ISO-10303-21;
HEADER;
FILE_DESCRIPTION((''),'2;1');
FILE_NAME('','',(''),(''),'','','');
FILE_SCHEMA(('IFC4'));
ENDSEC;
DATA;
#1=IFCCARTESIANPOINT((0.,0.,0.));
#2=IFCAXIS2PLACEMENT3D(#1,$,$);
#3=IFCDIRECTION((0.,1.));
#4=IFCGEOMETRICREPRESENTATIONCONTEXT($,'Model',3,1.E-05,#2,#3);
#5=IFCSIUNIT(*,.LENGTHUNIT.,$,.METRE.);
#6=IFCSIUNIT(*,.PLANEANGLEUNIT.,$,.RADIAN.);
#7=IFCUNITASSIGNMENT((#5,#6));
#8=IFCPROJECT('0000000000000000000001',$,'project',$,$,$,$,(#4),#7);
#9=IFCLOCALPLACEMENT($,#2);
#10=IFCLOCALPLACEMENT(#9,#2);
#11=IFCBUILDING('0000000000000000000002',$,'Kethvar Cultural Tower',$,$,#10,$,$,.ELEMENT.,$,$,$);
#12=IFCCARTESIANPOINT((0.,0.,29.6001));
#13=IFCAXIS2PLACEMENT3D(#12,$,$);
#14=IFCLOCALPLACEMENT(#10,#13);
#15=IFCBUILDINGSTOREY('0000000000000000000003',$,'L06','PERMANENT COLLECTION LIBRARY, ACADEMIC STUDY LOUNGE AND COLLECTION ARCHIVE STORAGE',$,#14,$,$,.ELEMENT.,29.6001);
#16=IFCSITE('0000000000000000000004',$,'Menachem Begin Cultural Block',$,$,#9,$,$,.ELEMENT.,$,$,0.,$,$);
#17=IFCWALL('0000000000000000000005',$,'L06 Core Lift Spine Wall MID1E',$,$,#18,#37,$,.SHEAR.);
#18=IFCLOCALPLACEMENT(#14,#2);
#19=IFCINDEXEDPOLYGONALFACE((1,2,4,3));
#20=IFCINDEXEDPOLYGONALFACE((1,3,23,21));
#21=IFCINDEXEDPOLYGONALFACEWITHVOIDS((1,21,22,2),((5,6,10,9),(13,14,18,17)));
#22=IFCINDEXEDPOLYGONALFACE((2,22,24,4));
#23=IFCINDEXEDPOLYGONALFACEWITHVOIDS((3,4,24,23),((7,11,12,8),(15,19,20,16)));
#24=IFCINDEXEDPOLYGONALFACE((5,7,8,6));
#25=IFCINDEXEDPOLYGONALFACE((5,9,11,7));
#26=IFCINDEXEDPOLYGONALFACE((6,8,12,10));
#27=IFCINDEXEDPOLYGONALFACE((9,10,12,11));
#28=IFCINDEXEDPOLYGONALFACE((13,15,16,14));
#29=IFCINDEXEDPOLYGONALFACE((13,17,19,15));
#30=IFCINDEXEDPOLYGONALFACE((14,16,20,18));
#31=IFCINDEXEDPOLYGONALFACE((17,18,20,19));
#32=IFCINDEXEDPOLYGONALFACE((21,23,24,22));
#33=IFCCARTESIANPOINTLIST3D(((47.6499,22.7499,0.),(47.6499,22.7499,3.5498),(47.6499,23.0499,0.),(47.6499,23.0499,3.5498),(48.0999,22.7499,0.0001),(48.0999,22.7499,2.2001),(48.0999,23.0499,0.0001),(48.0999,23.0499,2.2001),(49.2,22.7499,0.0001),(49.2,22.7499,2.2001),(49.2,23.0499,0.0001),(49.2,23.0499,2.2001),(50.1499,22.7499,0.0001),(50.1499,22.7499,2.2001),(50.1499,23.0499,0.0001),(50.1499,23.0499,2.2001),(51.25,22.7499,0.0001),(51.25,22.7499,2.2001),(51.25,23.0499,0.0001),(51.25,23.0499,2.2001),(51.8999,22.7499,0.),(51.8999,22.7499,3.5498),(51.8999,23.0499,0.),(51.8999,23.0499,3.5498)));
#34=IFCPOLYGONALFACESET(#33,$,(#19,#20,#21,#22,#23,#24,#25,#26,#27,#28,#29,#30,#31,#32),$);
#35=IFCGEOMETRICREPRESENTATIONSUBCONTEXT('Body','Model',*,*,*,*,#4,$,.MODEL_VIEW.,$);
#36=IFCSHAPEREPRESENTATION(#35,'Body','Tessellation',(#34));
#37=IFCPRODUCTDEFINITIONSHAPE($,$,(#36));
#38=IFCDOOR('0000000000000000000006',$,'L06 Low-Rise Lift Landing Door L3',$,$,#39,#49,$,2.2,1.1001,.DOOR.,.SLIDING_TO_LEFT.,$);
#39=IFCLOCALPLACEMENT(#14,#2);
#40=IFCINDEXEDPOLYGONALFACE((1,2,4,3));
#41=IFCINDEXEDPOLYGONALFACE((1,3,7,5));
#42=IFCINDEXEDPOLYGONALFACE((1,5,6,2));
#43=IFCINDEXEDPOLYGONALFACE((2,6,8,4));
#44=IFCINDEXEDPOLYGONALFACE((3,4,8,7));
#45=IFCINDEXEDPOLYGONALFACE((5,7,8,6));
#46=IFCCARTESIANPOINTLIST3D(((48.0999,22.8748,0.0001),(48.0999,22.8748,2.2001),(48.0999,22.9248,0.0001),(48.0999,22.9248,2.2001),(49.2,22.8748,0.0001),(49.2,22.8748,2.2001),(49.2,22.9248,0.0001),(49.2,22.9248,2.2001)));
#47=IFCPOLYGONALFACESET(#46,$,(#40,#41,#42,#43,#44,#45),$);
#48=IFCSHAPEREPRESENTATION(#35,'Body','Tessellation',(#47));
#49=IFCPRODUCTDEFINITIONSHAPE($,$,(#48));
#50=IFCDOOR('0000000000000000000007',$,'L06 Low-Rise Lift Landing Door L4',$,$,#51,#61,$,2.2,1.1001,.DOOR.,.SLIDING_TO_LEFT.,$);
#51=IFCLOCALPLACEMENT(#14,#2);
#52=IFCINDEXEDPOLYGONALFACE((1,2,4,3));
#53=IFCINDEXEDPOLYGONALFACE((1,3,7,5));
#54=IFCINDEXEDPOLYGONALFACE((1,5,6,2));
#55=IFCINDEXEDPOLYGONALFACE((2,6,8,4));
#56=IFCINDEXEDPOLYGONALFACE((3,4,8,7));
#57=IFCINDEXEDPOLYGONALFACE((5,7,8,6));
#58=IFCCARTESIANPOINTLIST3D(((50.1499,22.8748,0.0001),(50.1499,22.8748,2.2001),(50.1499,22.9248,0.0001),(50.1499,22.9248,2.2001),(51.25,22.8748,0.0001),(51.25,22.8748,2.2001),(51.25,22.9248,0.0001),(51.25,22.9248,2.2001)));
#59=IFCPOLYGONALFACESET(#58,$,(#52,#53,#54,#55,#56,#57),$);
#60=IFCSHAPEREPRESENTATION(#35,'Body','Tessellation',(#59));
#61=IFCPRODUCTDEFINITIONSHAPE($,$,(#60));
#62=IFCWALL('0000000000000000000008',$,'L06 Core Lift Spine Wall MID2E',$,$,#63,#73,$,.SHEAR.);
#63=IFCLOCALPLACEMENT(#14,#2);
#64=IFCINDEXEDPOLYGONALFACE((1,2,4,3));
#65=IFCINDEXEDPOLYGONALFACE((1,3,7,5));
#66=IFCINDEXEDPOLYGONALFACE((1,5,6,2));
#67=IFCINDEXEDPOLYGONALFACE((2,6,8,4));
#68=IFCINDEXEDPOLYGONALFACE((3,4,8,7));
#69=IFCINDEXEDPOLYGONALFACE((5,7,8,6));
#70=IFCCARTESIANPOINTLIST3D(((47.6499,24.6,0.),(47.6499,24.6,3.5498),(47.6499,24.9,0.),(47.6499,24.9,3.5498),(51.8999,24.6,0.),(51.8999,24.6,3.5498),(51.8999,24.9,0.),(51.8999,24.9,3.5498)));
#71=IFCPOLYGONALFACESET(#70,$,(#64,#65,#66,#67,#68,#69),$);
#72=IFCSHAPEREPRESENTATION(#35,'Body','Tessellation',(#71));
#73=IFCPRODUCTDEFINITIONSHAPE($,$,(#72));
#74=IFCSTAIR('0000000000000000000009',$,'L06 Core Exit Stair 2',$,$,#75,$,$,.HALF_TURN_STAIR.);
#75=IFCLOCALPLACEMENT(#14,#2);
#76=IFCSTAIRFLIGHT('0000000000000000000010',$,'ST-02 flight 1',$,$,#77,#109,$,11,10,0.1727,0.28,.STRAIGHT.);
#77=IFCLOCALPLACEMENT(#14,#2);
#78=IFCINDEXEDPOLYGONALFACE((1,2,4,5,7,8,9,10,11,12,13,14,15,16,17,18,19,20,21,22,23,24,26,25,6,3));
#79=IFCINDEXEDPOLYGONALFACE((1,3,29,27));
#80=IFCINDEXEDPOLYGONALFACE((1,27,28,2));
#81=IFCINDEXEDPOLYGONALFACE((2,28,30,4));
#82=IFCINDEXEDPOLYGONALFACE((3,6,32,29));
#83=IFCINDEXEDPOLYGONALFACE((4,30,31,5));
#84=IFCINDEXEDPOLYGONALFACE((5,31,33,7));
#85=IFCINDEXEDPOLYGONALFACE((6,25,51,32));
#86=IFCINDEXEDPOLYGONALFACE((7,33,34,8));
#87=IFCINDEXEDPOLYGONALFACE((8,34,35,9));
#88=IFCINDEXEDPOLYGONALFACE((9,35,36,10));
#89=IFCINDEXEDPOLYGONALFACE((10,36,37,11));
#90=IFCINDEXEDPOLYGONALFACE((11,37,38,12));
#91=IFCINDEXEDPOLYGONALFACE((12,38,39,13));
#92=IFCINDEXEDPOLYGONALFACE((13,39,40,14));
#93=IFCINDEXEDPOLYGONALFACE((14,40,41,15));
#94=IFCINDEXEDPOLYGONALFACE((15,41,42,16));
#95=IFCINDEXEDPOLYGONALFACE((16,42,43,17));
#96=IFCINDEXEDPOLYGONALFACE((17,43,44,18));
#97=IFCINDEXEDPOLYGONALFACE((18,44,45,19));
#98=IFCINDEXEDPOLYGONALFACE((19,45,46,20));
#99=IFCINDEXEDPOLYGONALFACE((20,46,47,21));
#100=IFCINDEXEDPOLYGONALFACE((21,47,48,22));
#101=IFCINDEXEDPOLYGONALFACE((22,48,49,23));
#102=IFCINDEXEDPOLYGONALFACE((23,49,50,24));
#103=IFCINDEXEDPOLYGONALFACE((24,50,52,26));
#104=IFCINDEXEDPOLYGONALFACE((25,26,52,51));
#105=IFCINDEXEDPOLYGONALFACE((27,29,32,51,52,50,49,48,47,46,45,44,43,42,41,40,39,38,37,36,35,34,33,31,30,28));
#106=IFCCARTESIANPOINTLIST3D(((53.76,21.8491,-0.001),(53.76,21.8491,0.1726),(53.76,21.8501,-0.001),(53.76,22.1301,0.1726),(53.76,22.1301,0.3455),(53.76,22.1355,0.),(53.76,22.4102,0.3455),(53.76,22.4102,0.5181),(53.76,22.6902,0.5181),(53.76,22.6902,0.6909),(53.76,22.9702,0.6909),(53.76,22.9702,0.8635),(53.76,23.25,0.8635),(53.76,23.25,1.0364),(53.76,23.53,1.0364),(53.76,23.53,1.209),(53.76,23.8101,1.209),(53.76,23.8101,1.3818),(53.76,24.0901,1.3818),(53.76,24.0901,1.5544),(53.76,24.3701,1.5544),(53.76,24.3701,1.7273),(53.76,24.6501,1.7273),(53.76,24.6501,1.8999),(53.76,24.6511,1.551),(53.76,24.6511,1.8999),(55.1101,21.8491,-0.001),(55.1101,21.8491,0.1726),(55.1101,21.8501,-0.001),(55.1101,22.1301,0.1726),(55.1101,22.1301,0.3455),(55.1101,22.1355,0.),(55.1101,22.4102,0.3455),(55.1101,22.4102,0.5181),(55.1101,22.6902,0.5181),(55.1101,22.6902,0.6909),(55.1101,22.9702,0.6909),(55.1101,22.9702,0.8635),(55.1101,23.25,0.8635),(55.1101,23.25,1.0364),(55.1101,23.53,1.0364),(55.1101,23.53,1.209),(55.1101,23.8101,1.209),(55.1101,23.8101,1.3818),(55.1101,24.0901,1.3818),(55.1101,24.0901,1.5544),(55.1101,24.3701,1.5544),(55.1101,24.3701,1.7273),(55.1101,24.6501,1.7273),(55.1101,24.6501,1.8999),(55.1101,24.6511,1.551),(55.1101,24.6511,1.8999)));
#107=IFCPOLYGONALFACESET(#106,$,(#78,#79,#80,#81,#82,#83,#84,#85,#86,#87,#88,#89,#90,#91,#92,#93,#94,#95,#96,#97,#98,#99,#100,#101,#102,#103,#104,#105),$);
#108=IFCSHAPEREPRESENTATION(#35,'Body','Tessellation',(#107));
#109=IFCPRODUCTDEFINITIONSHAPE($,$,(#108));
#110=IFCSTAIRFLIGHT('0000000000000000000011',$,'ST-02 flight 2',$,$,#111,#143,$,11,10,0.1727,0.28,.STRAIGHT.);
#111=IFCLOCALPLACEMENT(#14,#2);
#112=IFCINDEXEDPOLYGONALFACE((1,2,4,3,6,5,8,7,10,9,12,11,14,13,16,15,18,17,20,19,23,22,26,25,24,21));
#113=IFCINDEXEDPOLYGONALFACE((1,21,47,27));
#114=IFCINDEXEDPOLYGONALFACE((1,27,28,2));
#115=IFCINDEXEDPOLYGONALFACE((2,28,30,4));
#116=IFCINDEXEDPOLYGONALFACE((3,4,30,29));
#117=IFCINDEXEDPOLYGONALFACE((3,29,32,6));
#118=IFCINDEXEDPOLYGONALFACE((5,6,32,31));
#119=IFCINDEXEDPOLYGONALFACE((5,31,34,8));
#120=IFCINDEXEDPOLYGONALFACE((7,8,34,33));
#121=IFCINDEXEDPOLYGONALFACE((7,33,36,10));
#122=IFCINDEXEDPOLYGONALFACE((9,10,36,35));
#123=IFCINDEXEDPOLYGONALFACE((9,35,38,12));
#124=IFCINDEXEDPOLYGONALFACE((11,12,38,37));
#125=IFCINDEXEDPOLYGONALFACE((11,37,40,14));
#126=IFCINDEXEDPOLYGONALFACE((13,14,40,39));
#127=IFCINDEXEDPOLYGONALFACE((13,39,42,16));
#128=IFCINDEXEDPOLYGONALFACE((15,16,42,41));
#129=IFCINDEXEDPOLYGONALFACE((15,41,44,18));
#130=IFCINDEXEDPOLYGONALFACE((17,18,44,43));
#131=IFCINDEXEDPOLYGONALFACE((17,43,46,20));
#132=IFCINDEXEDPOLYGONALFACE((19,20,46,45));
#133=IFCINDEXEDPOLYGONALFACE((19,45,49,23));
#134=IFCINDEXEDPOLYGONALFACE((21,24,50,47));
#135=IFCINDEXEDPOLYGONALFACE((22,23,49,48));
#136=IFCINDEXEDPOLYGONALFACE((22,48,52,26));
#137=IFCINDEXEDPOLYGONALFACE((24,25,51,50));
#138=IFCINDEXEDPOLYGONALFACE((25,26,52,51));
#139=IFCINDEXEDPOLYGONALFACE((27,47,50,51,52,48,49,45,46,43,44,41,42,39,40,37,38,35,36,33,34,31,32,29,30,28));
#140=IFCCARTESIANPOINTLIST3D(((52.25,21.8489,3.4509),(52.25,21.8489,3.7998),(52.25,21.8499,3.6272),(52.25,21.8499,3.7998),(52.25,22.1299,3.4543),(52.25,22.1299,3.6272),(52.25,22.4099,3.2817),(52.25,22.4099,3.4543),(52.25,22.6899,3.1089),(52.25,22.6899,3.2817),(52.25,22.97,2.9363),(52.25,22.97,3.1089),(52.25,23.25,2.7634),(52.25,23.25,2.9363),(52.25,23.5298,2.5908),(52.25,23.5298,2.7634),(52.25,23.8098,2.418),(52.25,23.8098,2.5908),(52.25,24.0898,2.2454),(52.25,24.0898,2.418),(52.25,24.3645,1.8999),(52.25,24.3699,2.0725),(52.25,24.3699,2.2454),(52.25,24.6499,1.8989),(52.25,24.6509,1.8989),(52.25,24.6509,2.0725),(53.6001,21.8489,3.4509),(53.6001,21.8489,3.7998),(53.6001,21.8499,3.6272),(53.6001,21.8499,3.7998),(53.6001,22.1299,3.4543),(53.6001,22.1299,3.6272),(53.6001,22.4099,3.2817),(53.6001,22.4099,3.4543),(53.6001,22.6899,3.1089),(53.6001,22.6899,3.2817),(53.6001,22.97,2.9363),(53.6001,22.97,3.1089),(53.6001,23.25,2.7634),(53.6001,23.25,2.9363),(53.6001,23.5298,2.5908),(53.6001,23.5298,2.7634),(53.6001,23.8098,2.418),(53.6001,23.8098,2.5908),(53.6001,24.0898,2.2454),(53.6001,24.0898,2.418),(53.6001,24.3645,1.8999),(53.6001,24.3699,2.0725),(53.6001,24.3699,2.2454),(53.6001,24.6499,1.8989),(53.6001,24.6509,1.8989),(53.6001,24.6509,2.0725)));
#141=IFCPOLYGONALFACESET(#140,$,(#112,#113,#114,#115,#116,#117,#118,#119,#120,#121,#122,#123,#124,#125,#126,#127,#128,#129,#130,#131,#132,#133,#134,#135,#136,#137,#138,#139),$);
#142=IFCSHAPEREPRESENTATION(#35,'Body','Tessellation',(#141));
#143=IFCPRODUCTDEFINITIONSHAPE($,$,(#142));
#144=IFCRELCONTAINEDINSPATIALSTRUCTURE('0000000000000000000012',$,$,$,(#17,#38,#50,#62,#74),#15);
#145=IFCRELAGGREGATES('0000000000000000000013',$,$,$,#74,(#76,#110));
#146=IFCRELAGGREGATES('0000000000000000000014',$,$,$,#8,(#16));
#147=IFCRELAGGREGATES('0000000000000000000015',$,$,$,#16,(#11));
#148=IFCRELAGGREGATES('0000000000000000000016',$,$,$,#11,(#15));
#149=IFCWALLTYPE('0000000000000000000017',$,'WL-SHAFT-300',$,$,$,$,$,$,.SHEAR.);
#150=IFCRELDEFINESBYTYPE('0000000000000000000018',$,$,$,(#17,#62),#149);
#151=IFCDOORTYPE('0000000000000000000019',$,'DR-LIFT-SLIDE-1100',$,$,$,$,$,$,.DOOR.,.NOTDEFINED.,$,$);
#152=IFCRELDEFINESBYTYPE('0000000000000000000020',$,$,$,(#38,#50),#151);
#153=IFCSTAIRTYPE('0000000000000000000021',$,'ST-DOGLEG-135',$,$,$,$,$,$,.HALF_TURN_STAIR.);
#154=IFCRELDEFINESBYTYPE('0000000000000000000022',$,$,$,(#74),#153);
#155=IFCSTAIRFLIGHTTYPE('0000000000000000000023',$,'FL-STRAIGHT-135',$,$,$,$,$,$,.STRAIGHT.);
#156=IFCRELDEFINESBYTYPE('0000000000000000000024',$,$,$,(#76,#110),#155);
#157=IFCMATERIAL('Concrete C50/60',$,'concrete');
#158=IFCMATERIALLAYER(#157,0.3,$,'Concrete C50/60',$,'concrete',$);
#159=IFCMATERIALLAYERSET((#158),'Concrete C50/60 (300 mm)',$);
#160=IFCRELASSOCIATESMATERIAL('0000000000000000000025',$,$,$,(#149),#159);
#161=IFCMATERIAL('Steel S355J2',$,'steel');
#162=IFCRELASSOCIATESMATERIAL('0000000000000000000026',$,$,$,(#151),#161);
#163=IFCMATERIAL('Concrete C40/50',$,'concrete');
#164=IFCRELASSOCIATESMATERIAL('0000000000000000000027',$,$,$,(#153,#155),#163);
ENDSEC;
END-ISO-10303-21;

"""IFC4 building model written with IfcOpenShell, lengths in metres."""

from ifc_helpers import new_model, si_unit, direction, frame, frame_2d, origin, place, context, subcontext, project, spatial, polyline, rectangle, outline, extrude, source, transform, mapped, material, layer, layer_set, type_object, element, fill, aggregate, save


model = new_model("IFC4")

# Units and contexts
model_context = context("Model", 3, precision=1e-05, world=origin(), true_north=direction((0.0, 1.0)))
body_context = subcontext(model_context, "Body", "Model", "MODEL_VIEW")
ifc_project = project(units=[si_unit("LENGTHUNIT", "METRE"), si_unit("PLANEANGLEUNIT", "RADIAN")], contexts=[model_context])

# Site, building, storey
site_placement = place(None, origin())
site = spatial("IfcSite", under=ifc_project, at=site_placement, Name="Menachem Begin Cultural Block", CompositionType="ELEMENT", RefElevation=0.0)
building_placement = place(site_placement, origin())
building = spatial("IfcBuilding", under=site, at=building_placement, Name="Kethvar Cultural Tower", CompositionType="ELEMENT")
storey_placement = place(building_placement, frame((0.0, 0.0, 29.6001)))
storey = spatial("IfcBuildingStorey", under=building, at=storey_placement, Name="L06", Description="PERMANENT COLLECTION LIBRARY, ACADEMIC STUDY LOUNGE AND COLLECTION ARCHIVE STORAGE", CompositionType="ELEMENT", Elevation=29.6001)

# Shared definitions
ifc_material_1 = material(Name="Steel S355J2", Category="steel")

# Wall, openings, doors
ifc_material_2 = material(Name="Concrete C50/60", Category="concrete")
ifc_layer_1 = layer(ifc_material_2, 0.3, Name="Concrete C50/60", Category="concrete")
ifc_layer_set_1 = layer_set([ifc_layer_1], Name="Concrete C50/60 (300 mm)")
wall_type_1 = type_object("IfcWallType", Name="WL-SHAFT-300", PredefinedType="SHEAR", material=ifc_layer_set_1)
wall_1_placement = place(storey_placement, frame((47.6499, 22.8999, 0.0), z_axis=(0.0, 0.0, 1.0), x_axis=(1.0, 0.0, 0.0)))
wall_1 = element("IfcWall", 1, at=wall_1_placement, inside=storey, type_object=wall_type_1, Name="L06 Core Lift Spine Wall MID1E", PredefinedType="SHEAR", context=body_context, shape_type="SweptSolid", body=[
    extrude(rectangle(XDim=4.25, YDim=0.3, at=frame_2d((2.125, 0.0))), origin(), (0.0, 0.0, 1.0), 3.5498),
])
opening_1_placement = place(wall_1_placement, frame((0.45, 0.0, 0.0)))
opening_1 = element("IfcOpeningElement", 2, at=opening_1_placement, cuts=wall_1, PredefinedType="OPENING", context=body_context, shape_type="SweptSolid", body=[
    extrude(rectangle(XDim=1.1001, YDim=2.2, at=frame_2d((0.55, 1.1001))), frame((0.0, 0.1599, 0.0), z_axis=(0.0, -1.0, 0.0), x_axis=(1.0, 0.0, 0.0)), (0.0, 0.0, 1.0), 0.3201),
])
opening_2_placement = place(wall_1_placement, frame((2.5, 0.0, 0.0)))
opening_2 = element("IfcOpeningElement", 3, at=opening_2_placement, cuts=wall_1, PredefinedType="OPENING", context=body_context, shape_type="SweptSolid", body=[
    extrude(rectangle(XDim=1.1001, YDim=2.2, at=frame_2d((0.55, 1.1001))), frame((0.0, 0.1599, 0.0), z_axis=(0.0, -1.0, 0.0), x_axis=(1.0, 0.0, 0.0)), (0.0, 0.0, 1.0), 0.3201),
])
door_type = type_object("IfcDoorType", Name="DR-LIFT-SLIDE-1100", OperationType="NOTDEFINED", PredefinedType="DOOR", material=ifc_material_1)
shared_shape_1 = source(origin(), body_context, "Body", "SweptSolid", [
    extrude(rectangle(XDim=1.1001, YDim=2.2, at=frame_2d((0.55, 1.1001))), frame((0.0, 0.0249, 0.0), z_axis=(0.0, -1.0, 0.0), x_axis=(1.0, 0.0, 0.0)), (0.0, 0.0, 1.0), 0.05),
])
door_1_placement = place(opening_1_placement, origin())
door_1 = element("IfcDoor", 4, at=door_1_placement, inside=storey, type_object=door_type, Name="L06 Low-Rise Lift Landing Door L3", OperationType="SLIDING_TO_LEFT", OverallHeight=2.2, OverallWidth=1.1001, PredefinedType="DOOR", context=body_context, shape_type="MappedRepresentation", body=[
    mapped(shared_shape_1, transform((0.0, 0.0, 0.0), scale=1.0)),
])
fill(opening_1, door_1)
door_2_placement = place(opening_2_placement, origin())
door_2 = element("IfcDoor", 5, at=door_2_placement, inside=storey, type_object=door_type, Name="L06 Low-Rise Lift Landing Door L4", OperationType="SLIDING_TO_LEFT", OverallHeight=2.2, OverallWidth=1.1001, PredefinedType="DOOR", context=body_context, shape_type="MappedRepresentation", body=[
    mapped(shared_shape_1, transform((0.0, 0.0, 0.0), scale=1.0)),
])
fill(opening_2, door_2)

# Wall
wall_2_placement = place(storey_placement, frame((47.6499, 24.75, 0.0), z_axis=(0.0, 0.0, 1.0), x_axis=(1.0, 0.0, 0.0)))
element("IfcWall", 6, at=wall_2_placement, inside=storey, type_object=wall_type_1, Name="L06 Core Lift Spine Wall MID2E", PredefinedType="SHEAR", context=body_context, shape_type="SweptSolid", body=[
    extrude(rectangle(XDim=4.25, YDim=0.3, at=frame_2d((2.125, 0.0))), origin(), (0.0, 0.0, 1.0), 3.5498),
])

# Stair, stair flights
ifc_material_3 = material(Name="Concrete C40/50", Category="concrete")
stair_type = type_object("IfcStairType", Name="ST-DOGLEG-135", PredefinedType="HALF_TURN_STAIR", material=ifc_material_3)
stair_placement = place(storey_placement, origin())
stair = element("IfcStair", 7, at=stair_placement, inside=storey, type_object=stair_type, Name="L06 Core Exit Stair 2", PredefinedType="HALF_TURN_STAIR")
stair_flight_type = type_object("IfcStairFlightType", Name="FL-STRAIGHT-135", PredefinedType="STRAIGHT", material=ifc_material_3)
stair_flight_1_placement = place(storey_placement, frame((54.4351, 21.8501, 0.0), z_axis=(0.0, 0.0, 1.0), x_axis=(0.0, 1.0, 0.0)))
stair_flight_1 = element("IfcStairFlight", 8, at=stair_flight_1_placement, type_object=stair_flight_type, Name="ST-02 flight 1", NumberOfRisers=11, NumberOfTreads=10, PredefinedType="STRAIGHT", RiserHeight=0.1727, TreadLength=0.28, context=body_context, shape_type="SweptSolid", body=[
    extrude(outline(polyline([(-0.001, -0.001), (-0.001, 0.1726), (0.28, 0.1726), (0.28, 0.3455), (0.5601, 0.3455), (0.5601, 0.5181), (0.8401, 0.5181), (0.8401, 0.6909), (1.1201, 0.6909), (1.1201, 0.8635), (1.3999, 0.8635), (1.3999, 1.0364), (1.6799, 1.0364), (1.6799, 1.209), (1.96, 1.209), (1.96, 1.3818), (2.24, 1.3818), (2.24, 1.5544), (2.52, 1.5544), (2.52, 1.7273), (2.8, 1.7273), (2.8, 1.8999), (2.801, 1.8999), (2.801, 1.551), (0.2854, 0.0), (0.0, -0.001), (-0.001, -0.001)])), frame((0.0, 0.675, 0.0), z_axis=(0.0, -1.0, 0.0), x_axis=(1.0, 0.0, 0.0)), (0.0, 0.0, 1.0), 1.3501),
])
stair_flight_2_placement = place(storey_placement, frame((52.925, 24.6499, 1.8999), z_axis=(0.0, 0.0, 1.0), x_axis=(0.0, -1.0, 0.0)))
stair_flight_2 = element("IfcStairFlight", 9, at=stair_flight_2_placement, type_object=stair_flight_type, Name="ST-02 flight 2", NumberOfRisers=11, NumberOfTreads=10, PredefinedType="STRAIGHT", RiserHeight=0.1727, TreadLength=0.28, context=body_context, shape_type="SweptSolid", body=[
    extrude(outline(polyline([(-0.001, -0.001), (-0.001, 0.1726), (0.28, 0.1726), (0.28, 0.3455), (0.5601, 0.3455), (0.5601, 0.5181), (0.8401, 0.5181), (0.8401, 0.6909), (1.1201, 0.6909), (1.1201, 0.8635), (1.3999, 0.8635), (1.3999, 1.0364), (1.6799, 1.0364), (1.6799, 1.209), (1.96, 1.209), (1.96, 1.3818), (2.24, 1.3818), (2.24, 1.5544), (2.52, 1.5544), (2.52, 1.7273), (2.8, 1.7273), (2.8, 1.8999), (2.801, 1.8999), (2.801, 1.551), (0.2854, 0.0), (0.0, -0.001), (-0.001, -0.001)])), frame((0.0, 0.675, 0.0), z_axis=(0.0, -1.0, 0.0), x_axis=(1.0, 0.0, 0.0)), (0.0, 0.0, 1.0), 1.3501),
])
aggregate(stair, [stair_flight_1, stair_flight_2])

save(model, "model.ifc")
